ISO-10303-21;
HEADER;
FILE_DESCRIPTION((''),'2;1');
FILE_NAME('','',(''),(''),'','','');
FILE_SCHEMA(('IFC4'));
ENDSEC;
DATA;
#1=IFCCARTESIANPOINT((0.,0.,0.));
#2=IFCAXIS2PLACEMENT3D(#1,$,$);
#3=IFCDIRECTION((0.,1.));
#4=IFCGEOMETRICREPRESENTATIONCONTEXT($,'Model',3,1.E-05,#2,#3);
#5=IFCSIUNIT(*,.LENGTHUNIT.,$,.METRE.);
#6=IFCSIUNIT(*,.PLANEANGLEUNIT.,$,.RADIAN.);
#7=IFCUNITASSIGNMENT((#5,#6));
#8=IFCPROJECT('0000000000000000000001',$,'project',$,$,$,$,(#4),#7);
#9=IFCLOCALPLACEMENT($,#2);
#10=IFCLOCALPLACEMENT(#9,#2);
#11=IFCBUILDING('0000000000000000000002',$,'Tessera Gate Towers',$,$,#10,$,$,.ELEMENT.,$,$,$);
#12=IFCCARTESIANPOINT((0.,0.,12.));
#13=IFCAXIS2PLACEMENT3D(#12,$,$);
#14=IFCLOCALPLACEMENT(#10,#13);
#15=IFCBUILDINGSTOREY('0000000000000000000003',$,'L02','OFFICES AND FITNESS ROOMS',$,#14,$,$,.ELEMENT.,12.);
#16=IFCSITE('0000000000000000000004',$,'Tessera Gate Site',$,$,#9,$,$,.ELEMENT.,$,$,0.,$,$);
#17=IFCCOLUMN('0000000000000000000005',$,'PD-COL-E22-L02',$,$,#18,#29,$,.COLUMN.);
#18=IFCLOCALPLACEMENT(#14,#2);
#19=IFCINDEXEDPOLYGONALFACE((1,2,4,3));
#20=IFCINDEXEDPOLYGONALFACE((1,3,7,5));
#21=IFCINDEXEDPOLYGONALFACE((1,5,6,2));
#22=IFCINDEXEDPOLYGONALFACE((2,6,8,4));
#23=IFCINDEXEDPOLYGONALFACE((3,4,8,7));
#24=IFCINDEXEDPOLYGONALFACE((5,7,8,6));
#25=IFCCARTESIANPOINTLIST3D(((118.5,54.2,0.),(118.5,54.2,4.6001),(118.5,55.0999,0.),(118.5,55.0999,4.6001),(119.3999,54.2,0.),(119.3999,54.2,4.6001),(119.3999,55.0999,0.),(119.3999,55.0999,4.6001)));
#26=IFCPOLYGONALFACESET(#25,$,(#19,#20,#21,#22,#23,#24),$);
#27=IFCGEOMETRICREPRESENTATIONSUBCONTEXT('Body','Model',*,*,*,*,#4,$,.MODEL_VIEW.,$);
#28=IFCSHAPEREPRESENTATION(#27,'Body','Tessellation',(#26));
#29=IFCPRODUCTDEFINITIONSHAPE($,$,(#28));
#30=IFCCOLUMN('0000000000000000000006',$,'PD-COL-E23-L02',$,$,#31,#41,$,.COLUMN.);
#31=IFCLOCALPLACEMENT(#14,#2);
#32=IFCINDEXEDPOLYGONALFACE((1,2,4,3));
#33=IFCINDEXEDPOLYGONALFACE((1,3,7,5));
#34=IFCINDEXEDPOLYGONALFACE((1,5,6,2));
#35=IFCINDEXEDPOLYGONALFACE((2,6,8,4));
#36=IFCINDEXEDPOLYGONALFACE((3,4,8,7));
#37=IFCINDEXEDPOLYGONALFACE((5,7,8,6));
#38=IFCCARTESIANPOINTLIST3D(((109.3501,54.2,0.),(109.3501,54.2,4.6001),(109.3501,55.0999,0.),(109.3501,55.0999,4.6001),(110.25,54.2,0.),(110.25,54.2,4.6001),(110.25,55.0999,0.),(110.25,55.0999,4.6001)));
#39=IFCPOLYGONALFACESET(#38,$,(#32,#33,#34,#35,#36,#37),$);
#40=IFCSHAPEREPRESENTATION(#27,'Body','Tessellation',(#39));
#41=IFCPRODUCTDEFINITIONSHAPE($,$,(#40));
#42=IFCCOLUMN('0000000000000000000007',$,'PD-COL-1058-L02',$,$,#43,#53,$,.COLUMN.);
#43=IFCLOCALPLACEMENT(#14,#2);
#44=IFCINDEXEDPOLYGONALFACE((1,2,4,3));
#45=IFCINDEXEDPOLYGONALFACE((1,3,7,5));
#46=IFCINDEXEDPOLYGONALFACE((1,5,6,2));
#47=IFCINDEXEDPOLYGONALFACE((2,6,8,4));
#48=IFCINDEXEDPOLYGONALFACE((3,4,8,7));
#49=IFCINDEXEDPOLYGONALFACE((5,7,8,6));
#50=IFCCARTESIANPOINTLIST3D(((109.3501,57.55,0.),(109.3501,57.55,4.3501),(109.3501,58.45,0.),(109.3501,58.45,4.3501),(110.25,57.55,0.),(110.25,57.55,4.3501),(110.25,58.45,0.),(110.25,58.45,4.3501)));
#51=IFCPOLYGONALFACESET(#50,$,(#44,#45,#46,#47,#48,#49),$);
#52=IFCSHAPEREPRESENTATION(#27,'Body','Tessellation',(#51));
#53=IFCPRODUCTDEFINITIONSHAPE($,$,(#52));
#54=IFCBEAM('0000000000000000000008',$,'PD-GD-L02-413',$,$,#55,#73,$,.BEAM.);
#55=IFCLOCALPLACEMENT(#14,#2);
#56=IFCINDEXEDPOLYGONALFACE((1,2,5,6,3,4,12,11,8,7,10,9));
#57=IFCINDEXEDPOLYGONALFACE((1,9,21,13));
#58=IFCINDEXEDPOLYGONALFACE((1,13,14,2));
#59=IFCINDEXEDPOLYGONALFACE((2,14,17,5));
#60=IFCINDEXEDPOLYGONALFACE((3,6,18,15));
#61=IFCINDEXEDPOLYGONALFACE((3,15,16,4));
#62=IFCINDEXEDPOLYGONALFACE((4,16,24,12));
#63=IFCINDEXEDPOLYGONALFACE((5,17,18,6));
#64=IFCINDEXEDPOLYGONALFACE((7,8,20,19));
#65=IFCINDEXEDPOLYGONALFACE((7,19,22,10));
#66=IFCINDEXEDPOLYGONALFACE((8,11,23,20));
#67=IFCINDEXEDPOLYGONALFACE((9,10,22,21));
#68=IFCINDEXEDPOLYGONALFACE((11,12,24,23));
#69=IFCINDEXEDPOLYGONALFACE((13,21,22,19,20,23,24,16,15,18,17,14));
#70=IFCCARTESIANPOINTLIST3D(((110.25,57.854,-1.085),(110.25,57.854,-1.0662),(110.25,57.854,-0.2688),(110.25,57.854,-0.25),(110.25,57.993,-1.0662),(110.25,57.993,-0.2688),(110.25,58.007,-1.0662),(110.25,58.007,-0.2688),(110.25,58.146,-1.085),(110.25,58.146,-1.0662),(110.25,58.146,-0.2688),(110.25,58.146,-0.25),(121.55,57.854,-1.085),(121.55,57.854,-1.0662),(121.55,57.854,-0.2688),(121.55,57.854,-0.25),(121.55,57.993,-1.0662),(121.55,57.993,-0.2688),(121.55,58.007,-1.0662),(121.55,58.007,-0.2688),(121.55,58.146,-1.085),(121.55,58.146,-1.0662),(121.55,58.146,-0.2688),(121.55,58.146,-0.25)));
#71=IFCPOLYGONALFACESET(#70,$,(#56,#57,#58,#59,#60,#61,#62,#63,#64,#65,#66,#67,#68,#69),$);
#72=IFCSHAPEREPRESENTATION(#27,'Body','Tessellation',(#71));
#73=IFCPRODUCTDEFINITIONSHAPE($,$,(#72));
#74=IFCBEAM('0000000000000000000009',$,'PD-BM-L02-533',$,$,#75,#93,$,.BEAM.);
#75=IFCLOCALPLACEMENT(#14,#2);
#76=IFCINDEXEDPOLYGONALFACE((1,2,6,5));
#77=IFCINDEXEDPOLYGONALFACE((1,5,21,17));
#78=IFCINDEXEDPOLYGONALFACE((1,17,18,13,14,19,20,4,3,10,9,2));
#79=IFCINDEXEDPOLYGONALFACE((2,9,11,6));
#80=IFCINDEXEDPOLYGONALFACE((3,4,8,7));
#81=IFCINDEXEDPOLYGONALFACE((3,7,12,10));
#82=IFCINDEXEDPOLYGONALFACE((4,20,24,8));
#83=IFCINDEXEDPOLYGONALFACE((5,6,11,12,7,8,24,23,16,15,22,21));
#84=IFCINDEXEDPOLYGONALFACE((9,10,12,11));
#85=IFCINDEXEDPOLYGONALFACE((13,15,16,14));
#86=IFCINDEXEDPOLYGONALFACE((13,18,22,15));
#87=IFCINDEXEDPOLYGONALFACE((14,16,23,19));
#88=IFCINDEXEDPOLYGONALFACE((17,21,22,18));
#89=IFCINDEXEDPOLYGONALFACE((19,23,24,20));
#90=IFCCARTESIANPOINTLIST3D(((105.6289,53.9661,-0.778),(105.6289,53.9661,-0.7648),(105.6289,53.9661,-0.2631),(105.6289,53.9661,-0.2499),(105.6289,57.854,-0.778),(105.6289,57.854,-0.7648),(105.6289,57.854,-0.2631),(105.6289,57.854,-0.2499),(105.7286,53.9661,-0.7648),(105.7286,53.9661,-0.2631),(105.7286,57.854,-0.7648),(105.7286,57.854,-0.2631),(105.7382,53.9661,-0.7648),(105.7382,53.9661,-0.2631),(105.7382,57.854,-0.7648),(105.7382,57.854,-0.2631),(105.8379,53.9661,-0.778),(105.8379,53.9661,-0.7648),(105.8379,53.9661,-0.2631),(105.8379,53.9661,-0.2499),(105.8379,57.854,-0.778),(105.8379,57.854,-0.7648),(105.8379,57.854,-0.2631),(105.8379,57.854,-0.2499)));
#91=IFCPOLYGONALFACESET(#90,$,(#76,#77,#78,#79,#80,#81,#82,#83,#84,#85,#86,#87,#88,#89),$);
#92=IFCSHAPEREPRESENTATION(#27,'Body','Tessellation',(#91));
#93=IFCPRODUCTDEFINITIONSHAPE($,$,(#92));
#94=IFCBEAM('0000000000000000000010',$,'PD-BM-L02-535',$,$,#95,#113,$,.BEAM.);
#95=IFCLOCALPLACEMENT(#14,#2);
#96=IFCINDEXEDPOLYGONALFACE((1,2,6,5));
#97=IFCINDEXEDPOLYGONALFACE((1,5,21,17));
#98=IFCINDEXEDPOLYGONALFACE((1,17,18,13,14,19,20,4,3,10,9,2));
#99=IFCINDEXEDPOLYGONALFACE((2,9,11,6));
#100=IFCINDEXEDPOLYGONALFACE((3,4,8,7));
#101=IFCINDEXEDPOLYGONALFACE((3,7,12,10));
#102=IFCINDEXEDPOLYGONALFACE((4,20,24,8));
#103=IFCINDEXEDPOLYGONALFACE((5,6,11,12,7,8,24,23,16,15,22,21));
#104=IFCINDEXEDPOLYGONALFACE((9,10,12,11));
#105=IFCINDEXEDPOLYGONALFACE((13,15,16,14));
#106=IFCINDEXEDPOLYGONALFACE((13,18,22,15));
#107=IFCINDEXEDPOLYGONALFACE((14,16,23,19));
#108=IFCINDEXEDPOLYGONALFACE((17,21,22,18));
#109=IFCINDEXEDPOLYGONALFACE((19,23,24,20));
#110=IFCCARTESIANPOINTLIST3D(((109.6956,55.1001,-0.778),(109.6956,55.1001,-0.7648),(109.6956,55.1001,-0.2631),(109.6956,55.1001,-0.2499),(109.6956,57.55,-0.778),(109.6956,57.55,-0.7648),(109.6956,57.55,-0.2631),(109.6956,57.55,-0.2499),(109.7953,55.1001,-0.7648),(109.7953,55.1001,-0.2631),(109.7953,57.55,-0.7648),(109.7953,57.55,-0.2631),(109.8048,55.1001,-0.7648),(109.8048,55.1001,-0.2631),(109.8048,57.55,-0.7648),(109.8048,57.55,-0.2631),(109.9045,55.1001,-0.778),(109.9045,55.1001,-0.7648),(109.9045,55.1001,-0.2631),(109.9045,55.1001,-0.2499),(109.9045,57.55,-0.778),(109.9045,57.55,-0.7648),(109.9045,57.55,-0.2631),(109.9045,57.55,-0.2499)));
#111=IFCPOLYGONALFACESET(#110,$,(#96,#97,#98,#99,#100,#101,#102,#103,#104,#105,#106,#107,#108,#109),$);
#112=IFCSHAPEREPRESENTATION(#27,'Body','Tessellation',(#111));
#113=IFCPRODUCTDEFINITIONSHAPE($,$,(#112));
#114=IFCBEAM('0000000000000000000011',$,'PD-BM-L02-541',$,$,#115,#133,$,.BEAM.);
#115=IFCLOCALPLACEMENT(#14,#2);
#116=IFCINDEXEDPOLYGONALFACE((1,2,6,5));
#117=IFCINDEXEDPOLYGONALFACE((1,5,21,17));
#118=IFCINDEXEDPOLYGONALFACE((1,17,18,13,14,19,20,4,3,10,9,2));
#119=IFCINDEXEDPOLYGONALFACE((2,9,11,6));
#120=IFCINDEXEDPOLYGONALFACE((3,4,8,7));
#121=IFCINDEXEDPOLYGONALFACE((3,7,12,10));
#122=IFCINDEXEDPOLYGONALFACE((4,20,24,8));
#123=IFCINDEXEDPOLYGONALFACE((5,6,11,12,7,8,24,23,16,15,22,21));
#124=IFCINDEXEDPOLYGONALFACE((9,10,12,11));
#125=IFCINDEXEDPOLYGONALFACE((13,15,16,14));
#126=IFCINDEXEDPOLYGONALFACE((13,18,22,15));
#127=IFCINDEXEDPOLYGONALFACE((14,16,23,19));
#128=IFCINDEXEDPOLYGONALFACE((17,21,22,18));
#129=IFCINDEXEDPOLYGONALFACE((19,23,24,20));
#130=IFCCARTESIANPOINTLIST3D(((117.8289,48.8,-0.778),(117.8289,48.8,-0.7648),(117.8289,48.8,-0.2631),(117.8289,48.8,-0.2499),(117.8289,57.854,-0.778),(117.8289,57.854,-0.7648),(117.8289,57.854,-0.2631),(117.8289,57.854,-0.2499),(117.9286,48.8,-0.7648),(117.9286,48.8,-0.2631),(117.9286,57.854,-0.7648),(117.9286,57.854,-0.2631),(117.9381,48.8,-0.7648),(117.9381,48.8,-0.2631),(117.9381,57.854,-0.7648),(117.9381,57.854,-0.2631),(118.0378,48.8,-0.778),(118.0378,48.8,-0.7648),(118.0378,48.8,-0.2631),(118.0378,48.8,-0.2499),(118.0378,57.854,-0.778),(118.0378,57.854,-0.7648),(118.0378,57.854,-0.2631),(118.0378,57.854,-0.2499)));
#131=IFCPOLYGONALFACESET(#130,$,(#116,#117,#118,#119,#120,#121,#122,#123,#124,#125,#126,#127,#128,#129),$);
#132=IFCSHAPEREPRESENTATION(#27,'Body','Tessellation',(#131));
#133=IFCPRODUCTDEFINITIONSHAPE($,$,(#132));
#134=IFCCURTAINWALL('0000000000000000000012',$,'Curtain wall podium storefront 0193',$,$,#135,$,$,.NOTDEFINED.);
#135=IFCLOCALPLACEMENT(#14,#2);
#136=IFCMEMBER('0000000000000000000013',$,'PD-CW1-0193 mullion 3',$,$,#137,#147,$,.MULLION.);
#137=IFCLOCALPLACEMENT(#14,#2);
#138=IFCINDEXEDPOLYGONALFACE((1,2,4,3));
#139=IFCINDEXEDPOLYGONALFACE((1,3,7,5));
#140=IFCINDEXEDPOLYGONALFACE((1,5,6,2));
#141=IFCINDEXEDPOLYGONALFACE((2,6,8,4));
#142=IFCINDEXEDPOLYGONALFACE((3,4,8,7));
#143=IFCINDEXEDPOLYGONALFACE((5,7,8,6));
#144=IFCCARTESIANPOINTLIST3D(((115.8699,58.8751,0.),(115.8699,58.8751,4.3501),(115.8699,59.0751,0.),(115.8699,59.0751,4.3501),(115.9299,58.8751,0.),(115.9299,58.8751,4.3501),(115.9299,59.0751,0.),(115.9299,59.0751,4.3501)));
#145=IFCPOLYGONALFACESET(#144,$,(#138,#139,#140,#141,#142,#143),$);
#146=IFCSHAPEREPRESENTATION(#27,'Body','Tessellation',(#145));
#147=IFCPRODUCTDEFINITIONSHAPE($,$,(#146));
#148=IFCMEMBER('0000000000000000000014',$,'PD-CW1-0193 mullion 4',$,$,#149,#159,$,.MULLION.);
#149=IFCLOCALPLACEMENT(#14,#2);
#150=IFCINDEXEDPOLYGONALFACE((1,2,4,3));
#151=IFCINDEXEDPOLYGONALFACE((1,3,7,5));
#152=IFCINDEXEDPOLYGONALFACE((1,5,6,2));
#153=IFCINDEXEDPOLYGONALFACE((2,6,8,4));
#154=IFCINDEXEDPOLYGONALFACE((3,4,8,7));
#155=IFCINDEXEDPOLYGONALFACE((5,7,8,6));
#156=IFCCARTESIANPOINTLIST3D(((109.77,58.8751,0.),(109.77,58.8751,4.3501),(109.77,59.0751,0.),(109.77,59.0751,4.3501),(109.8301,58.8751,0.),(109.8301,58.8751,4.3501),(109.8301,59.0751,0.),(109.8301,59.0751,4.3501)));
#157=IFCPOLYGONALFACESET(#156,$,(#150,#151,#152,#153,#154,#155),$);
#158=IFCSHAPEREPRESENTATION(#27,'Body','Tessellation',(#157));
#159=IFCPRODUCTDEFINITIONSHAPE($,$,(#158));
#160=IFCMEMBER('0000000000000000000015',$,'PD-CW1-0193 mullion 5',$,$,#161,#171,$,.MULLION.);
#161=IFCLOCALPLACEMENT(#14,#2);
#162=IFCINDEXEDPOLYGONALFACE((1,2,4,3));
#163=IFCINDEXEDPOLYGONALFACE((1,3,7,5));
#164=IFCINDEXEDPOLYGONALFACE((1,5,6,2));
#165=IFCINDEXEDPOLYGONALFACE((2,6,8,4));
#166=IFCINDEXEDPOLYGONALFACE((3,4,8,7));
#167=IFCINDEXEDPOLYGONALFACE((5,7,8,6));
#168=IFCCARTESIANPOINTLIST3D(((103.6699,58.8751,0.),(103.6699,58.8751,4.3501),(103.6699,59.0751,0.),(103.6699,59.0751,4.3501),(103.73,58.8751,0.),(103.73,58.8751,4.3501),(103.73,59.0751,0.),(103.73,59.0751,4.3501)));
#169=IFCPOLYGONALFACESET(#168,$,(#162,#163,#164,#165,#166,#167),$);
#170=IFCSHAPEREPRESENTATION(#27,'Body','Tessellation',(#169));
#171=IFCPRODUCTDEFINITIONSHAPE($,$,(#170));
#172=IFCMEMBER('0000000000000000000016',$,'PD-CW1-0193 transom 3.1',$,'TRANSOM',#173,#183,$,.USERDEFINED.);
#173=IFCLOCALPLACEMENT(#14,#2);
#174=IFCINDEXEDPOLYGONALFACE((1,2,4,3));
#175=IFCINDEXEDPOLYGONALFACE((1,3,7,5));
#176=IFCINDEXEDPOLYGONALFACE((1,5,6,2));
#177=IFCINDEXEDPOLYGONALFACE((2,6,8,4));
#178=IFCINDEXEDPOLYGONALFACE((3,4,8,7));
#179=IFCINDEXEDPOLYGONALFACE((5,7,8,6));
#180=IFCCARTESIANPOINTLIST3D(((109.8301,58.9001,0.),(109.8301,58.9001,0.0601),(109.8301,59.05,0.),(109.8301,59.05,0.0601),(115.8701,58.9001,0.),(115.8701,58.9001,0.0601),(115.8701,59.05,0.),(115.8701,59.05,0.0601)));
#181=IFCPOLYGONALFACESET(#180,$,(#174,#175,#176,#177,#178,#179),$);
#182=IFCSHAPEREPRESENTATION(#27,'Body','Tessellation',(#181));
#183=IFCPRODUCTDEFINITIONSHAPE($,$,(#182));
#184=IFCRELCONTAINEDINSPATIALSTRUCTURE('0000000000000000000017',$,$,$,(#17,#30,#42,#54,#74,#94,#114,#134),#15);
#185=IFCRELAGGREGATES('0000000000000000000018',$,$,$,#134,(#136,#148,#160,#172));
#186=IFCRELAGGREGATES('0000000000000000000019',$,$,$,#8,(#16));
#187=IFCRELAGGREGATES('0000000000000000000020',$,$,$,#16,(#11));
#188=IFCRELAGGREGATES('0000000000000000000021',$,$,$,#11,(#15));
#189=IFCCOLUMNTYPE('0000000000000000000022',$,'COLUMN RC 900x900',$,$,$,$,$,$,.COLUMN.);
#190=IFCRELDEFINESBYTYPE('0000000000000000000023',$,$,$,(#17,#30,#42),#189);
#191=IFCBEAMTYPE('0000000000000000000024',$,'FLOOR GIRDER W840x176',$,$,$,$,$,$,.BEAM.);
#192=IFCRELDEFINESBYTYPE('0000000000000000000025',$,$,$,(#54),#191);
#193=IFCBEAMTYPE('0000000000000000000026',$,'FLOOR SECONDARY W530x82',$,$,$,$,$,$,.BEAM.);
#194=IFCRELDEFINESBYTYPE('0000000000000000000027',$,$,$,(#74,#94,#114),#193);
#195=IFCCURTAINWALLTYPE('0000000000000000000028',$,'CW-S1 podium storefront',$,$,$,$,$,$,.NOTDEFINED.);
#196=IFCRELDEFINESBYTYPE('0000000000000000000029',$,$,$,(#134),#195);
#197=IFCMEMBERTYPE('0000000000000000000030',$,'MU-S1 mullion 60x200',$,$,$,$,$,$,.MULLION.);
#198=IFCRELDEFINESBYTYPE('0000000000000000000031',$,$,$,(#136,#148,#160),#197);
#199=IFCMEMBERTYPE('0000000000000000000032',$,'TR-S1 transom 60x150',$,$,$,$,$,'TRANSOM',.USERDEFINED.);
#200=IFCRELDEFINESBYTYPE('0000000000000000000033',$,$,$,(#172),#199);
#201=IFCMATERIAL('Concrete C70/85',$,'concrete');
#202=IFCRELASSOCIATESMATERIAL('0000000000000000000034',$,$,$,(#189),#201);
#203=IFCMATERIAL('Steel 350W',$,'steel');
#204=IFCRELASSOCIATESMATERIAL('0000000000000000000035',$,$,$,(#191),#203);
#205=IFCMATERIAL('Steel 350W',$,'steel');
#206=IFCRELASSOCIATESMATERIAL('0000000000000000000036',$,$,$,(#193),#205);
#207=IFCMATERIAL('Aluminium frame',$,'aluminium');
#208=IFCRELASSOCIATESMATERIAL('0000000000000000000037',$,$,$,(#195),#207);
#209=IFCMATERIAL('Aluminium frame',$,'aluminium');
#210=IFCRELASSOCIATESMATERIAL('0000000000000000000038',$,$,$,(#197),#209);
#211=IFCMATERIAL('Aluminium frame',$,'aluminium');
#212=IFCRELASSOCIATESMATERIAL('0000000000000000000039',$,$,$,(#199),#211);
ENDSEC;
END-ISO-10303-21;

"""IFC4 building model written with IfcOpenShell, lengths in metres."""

from ifc_helpers import new_model, si_unit, direction, frame, origin, origin_2d, place, context, subcontext, project, spatial, rectangle, i_section, extrude, material, material_profile, profile_set, type_object, element, aggregate, save


model = new_model("IFC4")

# Units and contexts
model_context = context("Model", 3, precision=1e-05, world=origin(), true_north=direction((0.0, 1.0)))
body_context = subcontext(model_context, "Body", "Model", "MODEL_VIEW")
ifc_project = project(units=[si_unit("LENGTHUNIT", "METRE"), si_unit("PLANEANGLEUNIT", "RADIAN")], contexts=[model_context])

# Site, building, storey
site_placement = place(None, origin())
site = spatial("IfcSite", under=ifc_project, at=site_placement, Name="Tessera Gate Site", CompositionType="ELEMENT", RefElevation=0.0)
building_placement = place(site_placement, origin())
building = spatial("IfcBuilding", under=site, at=building_placement, Name="Tessera Gate Towers", CompositionType="ELEMENT")
storey_placement = place(building_placement, frame((0.0, 0.0, 12.0)))
storey = spatial("IfcBuildingStorey", under=building, at=storey_placement, Name="L02", Description="OFFICES AND FITNESS ROOMS", CompositionType="ELEMENT", Elevation=12.0)

# Columns
ifc_material_1 = material(Name="Concrete C70/85", Category="concrete")
ifc_material_profile_1 = material_profile(ifc_material_1, rectangle(XDim=0.8999, YDim=0.8999, at=origin_2d()), Name="RC 900x900")
ifc_profile_set_1 = profile_set([ifc_material_profile_1], Name="Concrete C70/85")
column_type = type_object("IfcColumnType", Name="COLUMN RC 900x900", PredefinedType="COLUMN", material=ifc_profile_set_1)
for number, where, z_axis, x_axis, name in (
    (1, (118.95, 54.6499, 0.0), (0.0, 0.0, 1.0), (1.0, 0.0, 0.0), "PD-COL-E22-L02"),
    (2, (109.8, 54.6499, 0.0), (0.0, 0.0, 1.0), (1.0, 0.0, 0.0), "PD-COL-E23-L02"),
):
    element("IfcColumn", number, at=place(storey_placement, frame(where, z_axis=z_axis, x_axis=x_axis)), inside=storey, type_object=column_type, Name=name, PredefinedType="COLUMN", context=body_context, shape_type="SweptSolid", body=[
        extrude(rectangle(XDim=0.8999, YDim=0.8999, at=origin_2d()), origin(), (0.0, 0.0, 1.0), 4.6001),
    ])
column_placement = place(storey_placement, frame((109.8, 58.0, 0.0), z_axis=(0.0, 0.0, 1.0), x_axis=(1.0, 0.0, 0.0)))
element("IfcColumn", 3, at=column_placement, inside=storey, type_object=column_type, Name="PD-COL-1058-L02", PredefinedType="COLUMN", context=body_context, shape_type="SweptSolid", body=[
    extrude(rectangle(XDim=0.8999, YDim=0.8999, at=origin_2d()), origin(), (0.0, 0.0, 1.0), 4.3501),
])

# Beams
ifc_material_2 = material(Name="Steel 350W", Category="steel")
ifc_material_profile_2 = material_profile(ifc_material_2, i_section(OverallWidth=0.292, OverallDepth=0.835, WebThickness=0.0139, FlangeThickness=0.0188, at=origin_2d()), Name="W840x176")
ifc_profile_set_2 = profile_set([ifc_material_profile_2], Name="Steel 350W")
beam_type_1 = type_object("IfcBeamType", Name="FLOOR GIRDER W840x176", PredefinedType="BEAM", material=ifc_profile_set_2)
beam_1_placement = place(storey_placement, frame((110.25, 58.0, -0.6675), z_axis=(1.0, 0.0, 0.0), x_axis=(0.0, 1.0, 0.0)))
element("IfcBeam", 4, at=beam_1_placement, inside=storey, type_object=beam_type_1, Name="PD-GD-L02-413", PredefinedType="BEAM", context=body_context, shape_type="SweptSolid", body=[
    extrude(i_section(OverallWidth=0.292, OverallDepth=0.835, WebThickness=0.0139, FlangeThickness=0.0188, at=origin_2d()), origin(), (0.0, 0.0, 1.0), 11.3),
])
ifc_material_3 = material(Name="Steel 350W", Category="steel")
ifc_material_profile_3 = material_profile(ifc_material_3, i_section(OverallWidth=0.209, OverallDepth=0.5281, WebThickness=0.0095, FlangeThickness=0.0132, at=origin_2d()), Name="W530x82")
ifc_profile_set_3 = profile_set([ifc_material_profile_3], Name="Steel 350W")
beam_type_2 = type_object("IfcBeamType", Name="FLOOR SECONDARY W530x82", PredefinedType="BEAM", material=ifc_profile_set_3)
beam_2_placement = place(storey_placement, frame((105.7334, 53.9661, -0.5139), z_axis=(0.0, 1.0, 0.0), x_axis=(-1.0, 0.0, 0.0)))
element("IfcBeam", 5, at=beam_2_placement, inside=storey, type_object=beam_type_2, Name="PD-BM-L02-533", PredefinedType="BEAM", context=body_context, shape_type="SweptSolid", body=[
    extrude(i_section(OverallWidth=0.209, OverallDepth=0.5281, WebThickness=0.0095, FlangeThickness=0.0132, at=origin_2d()), origin(), (0.0, 0.0, 1.0), 3.8879),
])
beam_3_placement = place(storey_placement, frame((109.8, 55.1001, -0.5139), z_axis=(0.0, 1.0, 0.0), x_axis=(-1.0, 0.0, 0.0)))
element("IfcBeam", 6, at=beam_3_placement, inside=storey, type_object=beam_type_2, Name="PD-BM-L02-535", PredefinedType="BEAM", context=body_context, shape_type="SweptSolid", body=[
    extrude(i_section(OverallWidth=0.209, OverallDepth=0.5281, WebThickness=0.0095, FlangeThickness=0.0132, at=origin_2d()), origin(), (0.0, 0.0, 1.0), 2.45),
])
beam_4_placement = place(storey_placement, frame((117.9333, 48.8, -0.5139), z_axis=(0.0, 1.0, 0.0), x_axis=(-1.0, 0.0, 0.0)))
element("IfcBeam", 7, at=beam_4_placement, inside=storey, type_object=beam_type_2, Name="PD-BM-L02-541", PredefinedType="BEAM", context=body_context, shape_type="SweptSolid", body=[
    extrude(i_section(OverallWidth=0.209, OverallDepth=0.5281, WebThickness=0.0095, FlangeThickness=0.0132, at=origin_2d()), origin(), (0.0, 0.0, 1.0), 9.054),
])

# Curtain wall, members
ifc_material_4 = material(Name="Aluminium frame", Category="aluminium")
curtain_wall_type = type_object("IfcCurtainWallType", Name="CW-S1 podium storefront", PredefinedType="NOTDEFINED", material=ifc_material_4)
curtain_wall_placement = place(storey_placement, origin())
curtain_wall = element("IfcCurtainWall", 8, at=curtain_wall_placement, inside=storey, type_object=curtain_wall_type, Name="Curtain wall podium storefront 0193", PredefinedType="NOTDEFINED")
ifc_material_5 = material(Name="Aluminium frame", Category="aluminium")
ifc_material_profile_4 = material_profile(ifc_material_5, rectangle(XDim=0.0601, YDim=0.2, at=origin_2d()), Name="AL 60x200")
ifc_profile_set_4 = profile_set([ifc_material_profile_4], Name="Aluminium frame")
member_type_1 = type_object("IfcMemberType", Name="MU-S1 mullion 60x200", PredefinedType="MULLION", material=ifc_profile_set_4)
member_1_placement = place(storey_placement, frame((115.8999, 58.9751, 0.0), z_axis=(0.0, 0.0, 1.0), x_axis=(-1.0, 0.0, 0.0)))
member_1 = element("IfcMember", 9, at=member_1_placement, type_object=member_type_1, Name="PD-CW1-0193 mullion 3", PredefinedType="MULLION", context=body_context, shape_type="SweptSolid", body=[
    extrude(rectangle(XDim=0.0601, YDim=0.2, at=origin_2d()), origin(), (0.0, 0.0, 1.0), 4.3501),
])
member_2_placement = place(storey_placement, frame((109.8, 58.9751, 0.0), z_axis=(0.0, 0.0, 1.0), x_axis=(-1.0, 0.0, 0.0)))
member_2 = element("IfcMember", 10, at=member_2_placement, type_object=member_type_1, Name="PD-CW1-0193 mullion 4", PredefinedType="MULLION", context=body_context, shape_type="SweptSolid", body=[
    extrude(rectangle(XDim=0.0601, YDim=0.2, at=origin_2d()), origin(), (0.0, 0.0, 1.0), 4.3501),
])
member_3_placement = place(storey_placement, frame((103.7, 58.9751, 0.0), z_axis=(0.0, 0.0, 1.0), x_axis=(-1.0, 0.0, 0.0)))
member_3 = element("IfcMember", 11, at=member_3_placement, type_object=member_type_1, Name="PD-CW1-0193 mullion 5", PredefinedType="MULLION", context=body_context, shape_type="SweptSolid", body=[
    extrude(rectangle(XDim=0.0601, YDim=0.2, at=origin_2d()), origin(), (0.0, 0.0, 1.0), 4.3501),
])
ifc_material_6 = material(Name="Aluminium frame", Category="aluminium")
ifc_material_profile_5 = material_profile(ifc_material_6, rectangle(XDim=0.1499, YDim=0.0601, at=origin_2d()), Name="AL 60x150")
ifc_profile_set_5 = profile_set([ifc_material_profile_5], Name="Aluminium frame")
member_type_2 = type_object("IfcMemberType", Name="TR-S1 transom 60x150", ElementType="TRANSOM", PredefinedType="USERDEFINED", material=ifc_profile_set_5)
member_4_placement = place(storey_placement, frame((115.8701, 58.9751, 0.03), z_axis=(-1.0, 0.0, 0.0), x_axis=(0.0, -1.0, 0.0)))
member_4 = element("IfcMember", 12, at=member_4_placement, type_object=member_type_2, Name="PD-CW1-0193 transom 3.1", ObjectType="TRANSOM", PredefinedType="USERDEFINED", context=body_context, shape_type="SweptSolid", body=[
    extrude(rectangle(XDim=0.1499, YDim=0.0601, at=origin_2d()), origin(), (0.0, 0.0, 1.0), 6.04),
])
aggregate(curtain_wall, [member_1, member_2, member_3, member_4])

save(model, "model.ifc")
